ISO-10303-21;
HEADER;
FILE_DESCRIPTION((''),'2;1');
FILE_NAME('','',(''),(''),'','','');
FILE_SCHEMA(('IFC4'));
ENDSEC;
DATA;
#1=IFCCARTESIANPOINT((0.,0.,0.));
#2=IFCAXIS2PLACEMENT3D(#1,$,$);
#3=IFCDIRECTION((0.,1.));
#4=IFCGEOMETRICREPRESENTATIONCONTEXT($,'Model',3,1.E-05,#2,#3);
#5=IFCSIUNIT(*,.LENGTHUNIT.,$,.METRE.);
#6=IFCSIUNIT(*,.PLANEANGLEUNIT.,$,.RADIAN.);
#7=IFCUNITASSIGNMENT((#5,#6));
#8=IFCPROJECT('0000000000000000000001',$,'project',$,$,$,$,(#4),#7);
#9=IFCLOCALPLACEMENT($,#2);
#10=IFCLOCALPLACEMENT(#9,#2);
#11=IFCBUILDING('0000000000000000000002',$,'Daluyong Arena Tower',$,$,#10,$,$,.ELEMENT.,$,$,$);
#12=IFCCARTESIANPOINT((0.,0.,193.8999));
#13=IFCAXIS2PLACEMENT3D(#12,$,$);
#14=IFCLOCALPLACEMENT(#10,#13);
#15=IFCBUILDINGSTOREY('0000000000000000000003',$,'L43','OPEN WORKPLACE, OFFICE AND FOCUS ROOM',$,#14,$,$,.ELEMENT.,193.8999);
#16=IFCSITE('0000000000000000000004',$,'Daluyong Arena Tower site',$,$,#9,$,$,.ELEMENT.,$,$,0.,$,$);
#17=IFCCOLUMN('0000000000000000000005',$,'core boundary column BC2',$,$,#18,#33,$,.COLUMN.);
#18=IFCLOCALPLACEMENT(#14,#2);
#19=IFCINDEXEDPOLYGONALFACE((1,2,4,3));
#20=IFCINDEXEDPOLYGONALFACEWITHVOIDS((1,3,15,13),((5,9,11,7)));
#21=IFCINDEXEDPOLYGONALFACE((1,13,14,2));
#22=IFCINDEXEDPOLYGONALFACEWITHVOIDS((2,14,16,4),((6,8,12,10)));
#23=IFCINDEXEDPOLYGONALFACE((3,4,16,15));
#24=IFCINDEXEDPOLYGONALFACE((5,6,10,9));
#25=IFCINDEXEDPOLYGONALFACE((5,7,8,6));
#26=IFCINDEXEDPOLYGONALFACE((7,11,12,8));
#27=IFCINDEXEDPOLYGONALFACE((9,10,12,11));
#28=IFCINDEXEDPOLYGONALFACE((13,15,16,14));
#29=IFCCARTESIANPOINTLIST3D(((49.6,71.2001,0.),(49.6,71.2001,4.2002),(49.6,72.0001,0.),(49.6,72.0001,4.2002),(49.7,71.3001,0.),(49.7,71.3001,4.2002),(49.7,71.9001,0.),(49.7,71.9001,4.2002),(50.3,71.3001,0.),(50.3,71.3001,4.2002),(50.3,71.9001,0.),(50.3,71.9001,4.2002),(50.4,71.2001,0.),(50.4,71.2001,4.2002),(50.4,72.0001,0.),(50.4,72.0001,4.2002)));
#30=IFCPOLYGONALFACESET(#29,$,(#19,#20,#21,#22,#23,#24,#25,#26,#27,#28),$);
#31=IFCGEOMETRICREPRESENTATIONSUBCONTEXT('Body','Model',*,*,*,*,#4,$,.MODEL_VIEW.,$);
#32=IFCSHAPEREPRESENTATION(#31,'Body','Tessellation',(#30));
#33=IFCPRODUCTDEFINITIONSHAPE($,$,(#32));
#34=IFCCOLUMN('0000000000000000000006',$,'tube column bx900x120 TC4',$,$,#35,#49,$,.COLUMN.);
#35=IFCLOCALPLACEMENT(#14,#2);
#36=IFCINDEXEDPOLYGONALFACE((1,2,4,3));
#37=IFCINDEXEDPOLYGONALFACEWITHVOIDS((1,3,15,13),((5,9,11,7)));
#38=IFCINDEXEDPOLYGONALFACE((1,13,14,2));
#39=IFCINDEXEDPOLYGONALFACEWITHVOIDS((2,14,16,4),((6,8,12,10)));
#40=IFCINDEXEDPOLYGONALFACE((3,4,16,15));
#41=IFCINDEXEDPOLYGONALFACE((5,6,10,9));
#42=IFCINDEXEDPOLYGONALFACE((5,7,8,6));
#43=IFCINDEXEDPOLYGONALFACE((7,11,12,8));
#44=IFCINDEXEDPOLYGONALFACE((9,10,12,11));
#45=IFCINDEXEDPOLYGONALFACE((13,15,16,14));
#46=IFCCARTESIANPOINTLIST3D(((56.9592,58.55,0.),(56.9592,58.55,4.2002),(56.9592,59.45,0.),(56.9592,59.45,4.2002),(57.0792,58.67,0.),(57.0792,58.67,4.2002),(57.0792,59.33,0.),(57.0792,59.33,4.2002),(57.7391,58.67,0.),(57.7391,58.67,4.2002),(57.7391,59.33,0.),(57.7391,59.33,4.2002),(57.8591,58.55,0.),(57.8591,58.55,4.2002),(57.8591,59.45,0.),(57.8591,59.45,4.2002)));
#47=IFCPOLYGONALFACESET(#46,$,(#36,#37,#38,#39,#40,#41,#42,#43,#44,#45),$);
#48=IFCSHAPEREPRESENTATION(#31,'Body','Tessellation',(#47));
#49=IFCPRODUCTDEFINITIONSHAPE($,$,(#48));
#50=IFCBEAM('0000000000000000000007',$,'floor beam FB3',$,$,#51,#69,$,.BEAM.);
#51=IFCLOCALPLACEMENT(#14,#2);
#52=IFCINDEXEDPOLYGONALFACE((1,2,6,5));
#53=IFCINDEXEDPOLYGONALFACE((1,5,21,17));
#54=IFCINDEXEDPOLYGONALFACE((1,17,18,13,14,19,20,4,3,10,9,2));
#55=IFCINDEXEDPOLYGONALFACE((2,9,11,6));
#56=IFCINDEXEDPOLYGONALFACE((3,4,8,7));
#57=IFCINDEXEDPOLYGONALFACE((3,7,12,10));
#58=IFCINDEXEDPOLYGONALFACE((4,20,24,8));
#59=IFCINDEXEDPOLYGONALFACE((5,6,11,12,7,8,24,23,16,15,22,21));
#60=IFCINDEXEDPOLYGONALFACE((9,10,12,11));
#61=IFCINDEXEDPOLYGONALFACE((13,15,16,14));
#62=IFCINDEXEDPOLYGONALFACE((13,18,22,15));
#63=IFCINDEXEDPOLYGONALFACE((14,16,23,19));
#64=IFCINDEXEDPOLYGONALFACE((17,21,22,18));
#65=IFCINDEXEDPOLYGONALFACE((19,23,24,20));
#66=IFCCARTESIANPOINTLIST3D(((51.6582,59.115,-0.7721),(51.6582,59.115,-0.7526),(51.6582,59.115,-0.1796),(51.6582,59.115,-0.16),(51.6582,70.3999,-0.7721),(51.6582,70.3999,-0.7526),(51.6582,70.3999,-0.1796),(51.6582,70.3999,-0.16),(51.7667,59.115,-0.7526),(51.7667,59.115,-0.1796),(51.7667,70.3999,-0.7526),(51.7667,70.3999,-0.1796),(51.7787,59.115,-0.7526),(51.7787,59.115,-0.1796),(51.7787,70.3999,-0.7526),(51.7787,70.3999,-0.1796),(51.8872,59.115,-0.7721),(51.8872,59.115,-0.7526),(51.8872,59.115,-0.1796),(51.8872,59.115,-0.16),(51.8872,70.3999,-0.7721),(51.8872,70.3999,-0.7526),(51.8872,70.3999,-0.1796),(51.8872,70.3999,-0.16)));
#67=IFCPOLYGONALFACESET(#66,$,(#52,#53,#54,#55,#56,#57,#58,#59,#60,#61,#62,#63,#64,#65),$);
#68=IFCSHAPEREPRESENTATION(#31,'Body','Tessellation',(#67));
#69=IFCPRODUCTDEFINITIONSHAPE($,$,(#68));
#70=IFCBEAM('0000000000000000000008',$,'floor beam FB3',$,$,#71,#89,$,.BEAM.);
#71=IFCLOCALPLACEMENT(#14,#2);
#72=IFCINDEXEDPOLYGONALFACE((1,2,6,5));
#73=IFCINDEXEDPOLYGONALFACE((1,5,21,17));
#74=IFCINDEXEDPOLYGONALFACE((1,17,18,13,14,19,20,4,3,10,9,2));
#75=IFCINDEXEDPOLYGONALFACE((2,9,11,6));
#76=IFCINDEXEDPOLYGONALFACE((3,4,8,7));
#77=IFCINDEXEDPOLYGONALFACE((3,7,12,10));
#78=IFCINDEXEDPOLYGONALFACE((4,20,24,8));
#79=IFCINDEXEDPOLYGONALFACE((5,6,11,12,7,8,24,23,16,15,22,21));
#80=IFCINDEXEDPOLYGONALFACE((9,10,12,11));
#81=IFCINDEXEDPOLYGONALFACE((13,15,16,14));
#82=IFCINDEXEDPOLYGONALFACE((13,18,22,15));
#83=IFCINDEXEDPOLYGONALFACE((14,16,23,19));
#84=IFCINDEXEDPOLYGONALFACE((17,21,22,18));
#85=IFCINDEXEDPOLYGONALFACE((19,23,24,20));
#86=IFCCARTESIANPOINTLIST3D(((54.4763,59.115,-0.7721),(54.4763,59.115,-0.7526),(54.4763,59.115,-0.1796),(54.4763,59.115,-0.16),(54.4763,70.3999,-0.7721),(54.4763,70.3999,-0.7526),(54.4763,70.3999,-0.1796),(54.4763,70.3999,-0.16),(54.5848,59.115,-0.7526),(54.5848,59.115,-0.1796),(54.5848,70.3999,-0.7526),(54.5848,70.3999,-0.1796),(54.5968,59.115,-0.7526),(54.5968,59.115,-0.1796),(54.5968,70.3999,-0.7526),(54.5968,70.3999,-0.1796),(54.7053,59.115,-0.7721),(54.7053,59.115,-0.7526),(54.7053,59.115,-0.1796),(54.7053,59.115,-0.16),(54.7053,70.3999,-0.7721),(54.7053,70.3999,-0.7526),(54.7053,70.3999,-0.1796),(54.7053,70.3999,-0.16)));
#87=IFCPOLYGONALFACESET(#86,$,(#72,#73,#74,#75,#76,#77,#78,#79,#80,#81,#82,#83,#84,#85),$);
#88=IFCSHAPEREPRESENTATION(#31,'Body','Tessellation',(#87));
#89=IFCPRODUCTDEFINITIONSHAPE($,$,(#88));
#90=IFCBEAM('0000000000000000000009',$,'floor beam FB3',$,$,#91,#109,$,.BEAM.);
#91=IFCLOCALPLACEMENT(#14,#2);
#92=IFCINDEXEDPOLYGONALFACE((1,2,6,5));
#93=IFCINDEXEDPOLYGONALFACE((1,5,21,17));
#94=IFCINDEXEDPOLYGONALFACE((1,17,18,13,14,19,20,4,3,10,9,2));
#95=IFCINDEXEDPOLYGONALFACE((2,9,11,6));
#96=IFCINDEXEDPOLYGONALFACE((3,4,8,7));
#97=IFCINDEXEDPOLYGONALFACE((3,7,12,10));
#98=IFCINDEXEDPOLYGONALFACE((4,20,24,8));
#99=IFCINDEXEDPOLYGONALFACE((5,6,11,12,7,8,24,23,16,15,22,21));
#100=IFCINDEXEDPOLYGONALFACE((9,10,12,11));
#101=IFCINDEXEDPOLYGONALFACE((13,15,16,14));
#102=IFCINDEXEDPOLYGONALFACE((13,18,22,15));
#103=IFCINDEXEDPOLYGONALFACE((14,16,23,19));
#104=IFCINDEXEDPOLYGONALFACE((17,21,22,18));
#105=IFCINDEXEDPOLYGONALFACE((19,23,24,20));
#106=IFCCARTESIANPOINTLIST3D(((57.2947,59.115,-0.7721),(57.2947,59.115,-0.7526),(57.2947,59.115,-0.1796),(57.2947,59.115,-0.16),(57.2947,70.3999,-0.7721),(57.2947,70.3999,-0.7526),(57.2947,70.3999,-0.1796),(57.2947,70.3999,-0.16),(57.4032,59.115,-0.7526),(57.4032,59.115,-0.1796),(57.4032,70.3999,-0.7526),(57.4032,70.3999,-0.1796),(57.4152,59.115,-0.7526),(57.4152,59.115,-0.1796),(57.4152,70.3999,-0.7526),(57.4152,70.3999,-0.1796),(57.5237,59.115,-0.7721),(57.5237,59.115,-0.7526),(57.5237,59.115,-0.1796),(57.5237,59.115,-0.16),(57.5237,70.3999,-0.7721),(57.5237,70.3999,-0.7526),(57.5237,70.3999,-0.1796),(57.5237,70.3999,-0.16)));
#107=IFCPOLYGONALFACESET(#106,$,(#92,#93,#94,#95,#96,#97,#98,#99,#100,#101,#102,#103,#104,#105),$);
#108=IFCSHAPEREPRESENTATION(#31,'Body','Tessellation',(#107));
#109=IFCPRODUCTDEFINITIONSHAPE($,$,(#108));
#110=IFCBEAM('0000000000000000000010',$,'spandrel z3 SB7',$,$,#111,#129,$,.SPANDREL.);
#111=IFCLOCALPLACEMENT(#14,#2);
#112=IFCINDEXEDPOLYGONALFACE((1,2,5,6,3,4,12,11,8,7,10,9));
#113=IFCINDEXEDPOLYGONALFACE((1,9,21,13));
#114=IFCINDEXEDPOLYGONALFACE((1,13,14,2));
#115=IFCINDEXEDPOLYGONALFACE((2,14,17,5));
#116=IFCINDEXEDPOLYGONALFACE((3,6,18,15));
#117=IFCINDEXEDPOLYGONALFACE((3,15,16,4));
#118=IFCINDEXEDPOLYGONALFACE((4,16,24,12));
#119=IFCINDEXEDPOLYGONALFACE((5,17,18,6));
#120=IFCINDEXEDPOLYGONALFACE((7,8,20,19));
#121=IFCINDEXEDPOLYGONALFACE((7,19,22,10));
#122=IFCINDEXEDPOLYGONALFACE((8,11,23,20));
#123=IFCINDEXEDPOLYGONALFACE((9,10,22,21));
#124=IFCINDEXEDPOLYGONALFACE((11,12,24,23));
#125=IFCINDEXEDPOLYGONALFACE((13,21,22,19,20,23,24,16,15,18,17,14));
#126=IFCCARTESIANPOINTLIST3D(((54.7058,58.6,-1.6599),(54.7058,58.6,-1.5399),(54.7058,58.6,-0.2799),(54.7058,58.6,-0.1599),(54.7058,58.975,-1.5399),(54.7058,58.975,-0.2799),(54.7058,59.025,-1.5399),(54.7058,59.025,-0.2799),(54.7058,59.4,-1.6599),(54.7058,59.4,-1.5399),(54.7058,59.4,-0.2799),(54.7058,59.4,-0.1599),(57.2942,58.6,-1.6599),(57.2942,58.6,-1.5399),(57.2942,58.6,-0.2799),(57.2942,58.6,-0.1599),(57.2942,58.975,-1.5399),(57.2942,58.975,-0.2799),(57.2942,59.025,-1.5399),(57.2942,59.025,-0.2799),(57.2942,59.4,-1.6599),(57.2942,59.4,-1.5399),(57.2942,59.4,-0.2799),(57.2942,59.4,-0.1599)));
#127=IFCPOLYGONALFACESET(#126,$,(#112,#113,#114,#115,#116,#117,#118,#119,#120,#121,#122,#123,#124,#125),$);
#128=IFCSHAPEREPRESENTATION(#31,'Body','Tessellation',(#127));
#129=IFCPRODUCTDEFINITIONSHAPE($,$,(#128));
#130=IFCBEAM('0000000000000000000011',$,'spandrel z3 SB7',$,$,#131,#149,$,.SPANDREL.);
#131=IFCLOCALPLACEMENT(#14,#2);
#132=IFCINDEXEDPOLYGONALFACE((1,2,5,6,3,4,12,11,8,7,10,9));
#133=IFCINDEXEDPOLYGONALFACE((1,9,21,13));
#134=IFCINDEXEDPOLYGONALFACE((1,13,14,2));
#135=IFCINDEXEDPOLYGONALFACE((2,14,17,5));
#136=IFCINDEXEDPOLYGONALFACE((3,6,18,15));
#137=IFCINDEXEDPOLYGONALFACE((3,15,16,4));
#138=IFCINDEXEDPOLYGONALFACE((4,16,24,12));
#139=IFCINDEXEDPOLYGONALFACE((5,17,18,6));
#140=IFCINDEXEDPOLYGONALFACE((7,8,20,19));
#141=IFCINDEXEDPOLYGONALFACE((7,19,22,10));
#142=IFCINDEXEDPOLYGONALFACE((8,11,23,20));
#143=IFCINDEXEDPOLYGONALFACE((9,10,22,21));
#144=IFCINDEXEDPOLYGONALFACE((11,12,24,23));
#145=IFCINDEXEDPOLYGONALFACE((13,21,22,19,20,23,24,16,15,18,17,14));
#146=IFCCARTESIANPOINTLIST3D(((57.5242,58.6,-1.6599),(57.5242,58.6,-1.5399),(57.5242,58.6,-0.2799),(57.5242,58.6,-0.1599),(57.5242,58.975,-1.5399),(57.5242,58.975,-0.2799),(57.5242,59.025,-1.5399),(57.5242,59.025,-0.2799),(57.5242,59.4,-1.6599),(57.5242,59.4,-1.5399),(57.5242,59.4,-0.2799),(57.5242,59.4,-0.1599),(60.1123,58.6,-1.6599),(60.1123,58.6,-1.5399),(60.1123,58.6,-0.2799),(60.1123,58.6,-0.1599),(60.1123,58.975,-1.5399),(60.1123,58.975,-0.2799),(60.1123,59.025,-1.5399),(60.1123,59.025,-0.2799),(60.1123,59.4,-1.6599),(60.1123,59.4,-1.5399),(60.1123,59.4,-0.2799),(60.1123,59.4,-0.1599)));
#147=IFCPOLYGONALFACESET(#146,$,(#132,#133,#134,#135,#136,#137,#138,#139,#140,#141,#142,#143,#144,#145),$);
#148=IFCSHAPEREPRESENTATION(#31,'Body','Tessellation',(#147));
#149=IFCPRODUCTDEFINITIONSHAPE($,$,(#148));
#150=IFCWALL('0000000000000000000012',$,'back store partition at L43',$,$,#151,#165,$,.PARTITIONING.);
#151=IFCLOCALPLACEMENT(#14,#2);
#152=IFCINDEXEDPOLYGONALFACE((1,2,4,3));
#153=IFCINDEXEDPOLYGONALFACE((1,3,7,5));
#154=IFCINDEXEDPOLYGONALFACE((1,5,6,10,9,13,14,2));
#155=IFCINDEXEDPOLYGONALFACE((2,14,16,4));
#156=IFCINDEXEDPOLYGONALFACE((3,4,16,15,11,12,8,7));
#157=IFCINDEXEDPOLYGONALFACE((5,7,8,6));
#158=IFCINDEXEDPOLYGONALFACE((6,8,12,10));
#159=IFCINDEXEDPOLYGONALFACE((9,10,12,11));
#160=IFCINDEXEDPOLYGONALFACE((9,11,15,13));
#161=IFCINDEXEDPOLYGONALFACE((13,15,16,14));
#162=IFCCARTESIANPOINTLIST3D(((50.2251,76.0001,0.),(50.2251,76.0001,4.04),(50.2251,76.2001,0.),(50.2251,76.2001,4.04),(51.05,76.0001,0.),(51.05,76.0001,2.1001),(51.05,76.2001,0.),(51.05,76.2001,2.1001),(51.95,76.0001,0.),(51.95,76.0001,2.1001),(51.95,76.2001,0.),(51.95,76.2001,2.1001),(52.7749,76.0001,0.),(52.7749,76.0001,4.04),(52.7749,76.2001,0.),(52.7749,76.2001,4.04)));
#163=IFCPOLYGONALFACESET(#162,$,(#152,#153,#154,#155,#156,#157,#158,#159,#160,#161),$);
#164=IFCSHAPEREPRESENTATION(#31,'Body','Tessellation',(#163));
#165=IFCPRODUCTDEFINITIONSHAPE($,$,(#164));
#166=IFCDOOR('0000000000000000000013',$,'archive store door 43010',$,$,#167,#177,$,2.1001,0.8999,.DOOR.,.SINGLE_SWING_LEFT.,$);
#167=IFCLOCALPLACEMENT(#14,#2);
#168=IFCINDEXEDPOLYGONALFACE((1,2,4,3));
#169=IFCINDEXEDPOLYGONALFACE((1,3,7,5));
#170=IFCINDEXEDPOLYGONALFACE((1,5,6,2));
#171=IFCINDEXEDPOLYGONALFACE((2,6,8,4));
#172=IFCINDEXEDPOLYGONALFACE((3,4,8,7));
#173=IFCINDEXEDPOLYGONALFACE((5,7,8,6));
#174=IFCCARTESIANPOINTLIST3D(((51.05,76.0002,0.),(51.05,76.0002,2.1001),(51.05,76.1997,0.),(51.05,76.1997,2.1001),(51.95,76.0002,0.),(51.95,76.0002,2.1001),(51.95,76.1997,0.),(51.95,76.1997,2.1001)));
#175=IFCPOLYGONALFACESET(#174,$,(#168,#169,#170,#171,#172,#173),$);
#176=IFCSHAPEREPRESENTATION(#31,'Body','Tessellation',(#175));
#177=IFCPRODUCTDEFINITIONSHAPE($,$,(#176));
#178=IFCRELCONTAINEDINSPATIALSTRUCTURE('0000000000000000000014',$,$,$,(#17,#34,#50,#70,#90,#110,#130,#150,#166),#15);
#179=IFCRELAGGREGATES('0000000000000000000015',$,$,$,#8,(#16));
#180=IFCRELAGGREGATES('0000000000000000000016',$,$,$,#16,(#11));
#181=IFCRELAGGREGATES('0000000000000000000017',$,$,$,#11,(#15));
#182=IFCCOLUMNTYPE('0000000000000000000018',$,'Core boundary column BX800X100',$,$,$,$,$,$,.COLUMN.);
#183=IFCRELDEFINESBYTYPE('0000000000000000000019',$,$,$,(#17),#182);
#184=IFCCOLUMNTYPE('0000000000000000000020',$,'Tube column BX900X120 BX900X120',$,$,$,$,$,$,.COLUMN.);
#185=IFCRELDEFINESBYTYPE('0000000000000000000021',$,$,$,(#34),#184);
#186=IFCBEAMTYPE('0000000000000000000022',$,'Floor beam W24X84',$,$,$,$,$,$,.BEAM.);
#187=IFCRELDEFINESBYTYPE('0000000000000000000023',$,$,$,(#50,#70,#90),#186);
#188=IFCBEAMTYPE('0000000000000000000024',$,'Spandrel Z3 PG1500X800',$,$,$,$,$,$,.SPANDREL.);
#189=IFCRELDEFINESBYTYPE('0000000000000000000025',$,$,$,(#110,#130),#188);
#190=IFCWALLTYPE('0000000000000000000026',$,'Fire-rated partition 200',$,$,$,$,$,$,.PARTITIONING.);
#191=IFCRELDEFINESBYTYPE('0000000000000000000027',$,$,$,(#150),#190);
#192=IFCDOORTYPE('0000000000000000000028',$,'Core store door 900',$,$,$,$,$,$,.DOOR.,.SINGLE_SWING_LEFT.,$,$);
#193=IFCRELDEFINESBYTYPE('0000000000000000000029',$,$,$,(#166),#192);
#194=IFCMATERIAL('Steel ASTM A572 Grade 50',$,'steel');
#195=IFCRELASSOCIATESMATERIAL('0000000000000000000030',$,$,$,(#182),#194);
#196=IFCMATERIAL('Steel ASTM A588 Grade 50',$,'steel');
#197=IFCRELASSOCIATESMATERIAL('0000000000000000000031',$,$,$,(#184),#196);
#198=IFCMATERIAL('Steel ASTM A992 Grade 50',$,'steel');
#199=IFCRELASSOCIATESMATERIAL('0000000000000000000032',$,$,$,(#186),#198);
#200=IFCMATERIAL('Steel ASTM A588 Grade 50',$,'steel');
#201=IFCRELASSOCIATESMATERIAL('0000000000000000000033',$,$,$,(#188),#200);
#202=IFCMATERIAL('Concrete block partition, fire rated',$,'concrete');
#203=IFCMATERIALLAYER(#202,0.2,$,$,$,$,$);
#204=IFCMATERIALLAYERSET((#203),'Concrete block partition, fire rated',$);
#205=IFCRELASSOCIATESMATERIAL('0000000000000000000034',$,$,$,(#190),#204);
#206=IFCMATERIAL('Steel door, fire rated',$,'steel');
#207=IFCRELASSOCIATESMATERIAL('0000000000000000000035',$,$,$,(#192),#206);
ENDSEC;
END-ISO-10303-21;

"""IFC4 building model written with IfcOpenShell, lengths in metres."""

from ifc_helpers import new_model, si_unit, direction, frame, frame_2d, origin, origin_2d, place, context, subcontext, project, spatial, rectangle, hollow_rectangle, i_section, extrude, material, layer, layer_set, material_profile, profile_set, type_object, element, fill, save


model = new_model("IFC4")

# Units and contexts
model_context = context("Model", 3, precision=1e-05, world=origin(), true_north=direction((0.0, 1.0)))
body_context = subcontext(model_context, "Body", "Model", "MODEL_VIEW")
ifc_project = project(units=[si_unit("LENGTHUNIT", "METRE"), si_unit("PLANEANGLEUNIT", "RADIAN")], contexts=[model_context])

# Site, building, storey
site_placement = place(None, origin())
site = spatial("IfcSite", under=ifc_project, at=site_placement, Name="Daluyong Arena Tower site", CompositionType="ELEMENT", RefElevation=0.0)
building_placement = place(site_placement, origin())
building = spatial("IfcBuilding", under=site, at=building_placement, Name="Daluyong Arena Tower", CompositionType="ELEMENT")
storey_placement = place(building_placement, frame((0.0, 0.0, 193.8999)))
storey = spatial("IfcBuildingStorey", under=building, at=storey_placement, Name="L43", Description="OPEN WORKPLACE, OFFICE AND FOCUS ROOM", CompositionType="ELEMENT", Elevation=193.8999)

# Columns
ifc_material_1 = material(Name="Steel ASTM A572 Grade 50", Category="steel")
ifc_material_profile_1 = material_profile(ifc_material_1, hollow_rectangle(XDim=0.8, YDim=0.8, WallThickness=0.1, at=origin_2d()))
ifc_profile_set_1 = profile_set([ifc_material_profile_1], Name="Steel ASTM A572 Grade 50")
column_type_1 = type_object("IfcColumnType", Name="Core boundary column BX800X100", PredefinedType="COLUMN", material=ifc_profile_set_1)
column_1_placement = place(storey_placement, frame((50.0, 71.6001, 0.0), z_axis=(0.0, 0.0, 1.0), x_axis=(1.0, 0.0, 0.0)))
element("IfcColumn", 1, at=column_1_placement, inside=storey, type_object=column_type_1, Name="core boundary column BC2", PredefinedType="COLUMN", context=body_context, shape_type="SweptSolid", body=[
    extrude(hollow_rectangle(XDim=0.8, YDim=0.8, WallThickness=0.1, at=origin_2d()), origin(), (0.0, 0.0, 1.0), 4.2002),
])
ifc_material_2 = material(Name="Steel ASTM A588 Grade 50", Category="steel")
ifc_material_profile_2 = material_profile(ifc_material_2, hollow_rectangle(XDim=0.8999, YDim=0.8999, WallThickness=0.12, at=origin_2d()))
ifc_profile_set_2 = profile_set([ifc_material_profile_2], Name="Steel ASTM A588 Grade 50")
column_type_2 = type_object("IfcColumnType", Name="Tube column BX900X120 BX900X120", PredefinedType="COLUMN", material=ifc_profile_set_2)
column_2_placement = place(storey_placement, frame((57.4092, 59.0, 0.0), z_axis=(0.0, 0.0, 1.0), x_axis=(1.0, 0.0, 0.0)))
element("IfcColumn", 2, at=column_2_placement, inside=storey, type_object=column_type_2, Name="tube column bx900x120 TC4", PredefinedType="COLUMN", context=body_context, shape_type="SweptSolid", body=[
    extrude(hollow_rectangle(XDim=0.8999, YDim=0.8999, WallThickness=0.12, at=origin_2d()), origin(), (0.0, 0.0, 1.0), 4.2002),
])

# Beams
ifc_material_3 = material(Name="Steel ASTM A992 Grade 50", Category="steel")
ifc_material_profile_3 = material_profile(ifc_material_3, i_section(OverallWidth=0.229, OverallDepth=0.6121, WebThickness=0.012, FlangeThickness=0.0195, at=origin_2d()))
ifc_profile_set_3 = profile_set([ifc_material_profile_3], Name="Steel ASTM A992 Grade 50")
beam_type_1 = type_object("IfcBeamType", Name="Floor beam W24X84", PredefinedType="BEAM", material=ifc_profile_set_3)
for number, where, z_axis, x_axis, name in (
    (3, (51.7727, 59.115, -0.4661), (0.0, 1.0, 0.0), (-1.0, 0.0, 0.0), "floor beam FB3"),
    (4, (54.5908, 59.115, -0.4661), (0.0, 1.0, 0.0), (-1.0, 0.0, 0.0), "floor beam FB3"),
    (5, (57.4092, 59.115, -0.4661), (0.0, 1.0, 0.0), (-1.0, 0.0, 0.0), "floor beam FB3"),
):
    element("IfcBeam", number, at=place(storey_placement, frame(where, z_axis=z_axis, x_axis=x_axis)), inside=storey, type_object=beam_type_1, Name=name, PredefinedType="BEAM", context=body_context, shape_type="SweptSolid", body=[
        extrude(i_section(OverallWidth=0.229, OverallDepth=0.6121, WebThickness=0.012, FlangeThickness=0.0195, at=origin_2d()), origin(), (0.0, 0.0, 1.0), 11.2849),
    ])
ifc_material_4 = material(Name="Steel ASTM A588 Grade 50", Category="steel")
ifc_material_profile_4 = material_profile(ifc_material_4, i_section(OverallWidth=0.8, OverallDepth=1.5, WebThickness=0.05, FlangeThickness=0.12, at=origin_2d()))
ifc_profile_set_4 = profile_set([ifc_material_profile_4], Name="Steel ASTM A588 Grade 50")
beam_type_2 = type_object("IfcBeamType", Name="Spandrel Z3 PG1500X800", PredefinedType="SPANDREL", material=ifc_profile_set_4)
beam_1_placement = place(storey_placement, frame((54.7058, 59.0, -0.9099), z_axis=(1.0, 0.0, 0.0), x_axis=(0.0, 1.0, 0.0)))
element("IfcBeam", 6, at=beam_1_placement, inside=storey, type_object=beam_type_2, Name="spandrel z3 SB7", PredefinedType="SPANDREL", context=body_context, shape_type="SweptSolid", body=[
    extrude(i_section(OverallWidth=0.8, OverallDepth=1.5, WebThickness=0.05, FlangeThickness=0.12, at=origin_2d()), origin(), (0.0, 0.0, 1.0), 2.5884),
])
beam_2_placement = place(storey_placement, frame((57.5242, 59.0, -0.9099), z_axis=(1.0, 0.0, 0.0), x_axis=(0.0, 1.0, 0.0)))
element("IfcBeam", 7, at=beam_2_placement, inside=storey, type_object=beam_type_2, Name="spandrel z3 SB7", PredefinedType="SPANDREL", context=body_context, shape_type="SweptSolid", body=[
    extrude(i_section(OverallWidth=0.8, OverallDepth=1.5, WebThickness=0.05, FlangeThickness=0.12, at=origin_2d()), origin(), (0.0, 0.0, 1.0), 2.5881),
])

# Wall, opening, door
ifc_material_5 = material(Name="Concrete block partition, fire rated", Category="concrete")
ifc_layer_1 = layer(ifc_material_5, 0.2)
ifc_layer_set_1 = layer_set([ifc_layer_1], Name="Concrete block partition, fire rated")
wall_type_1 = type_object("IfcWallType", Name="Fire-rated partition 200", PredefinedType="PARTITIONING", material=ifc_layer_set_1)
wall_1_placement = place(storey_placement, frame((50.2251, 76.1001, 0.0), z_axis=(0.0, 0.0, 1.0), x_axis=(1.0, 0.0, 0.0)))
wall_1 = element("IfcWall", 8, at=wall_1_placement, inside=storey, type_object=wall_type_1, Name="back store partition at L43", PredefinedType="PARTITIONING", context=body_context, shape_type="SweptSolid", body=[
    extrude(rectangle(XDim=2.5498, YDim=0.2, at=frame_2d((1.2749, 0.0))), origin(), (0.0, 0.0, 1.0), 4.04),
])
opening_1_placement = place(wall_1_placement, frame((0.825, 0.0, 0.0)))
opening_1 = element("IfcOpeningElement", 9, at=opening_1_placement, cuts=wall_1, PredefinedType="OPENING", context=body_context, shape_type="SweptSolid", body=[
    extrude(rectangle(XDim=0.8999, YDim=2.1001, at=frame_2d((0.45, 1.05))), frame((0.0, 0.1099, 0.0), z_axis=(0.0, -1.0, 0.0), x_axis=(1.0, 0.0, 0.0)), (0.0, 0.0, 1.0), 0.22),
])
ifc_material_6 = material(Name="Steel door, fire rated", Category="steel")
door_type_1 = type_object("IfcDoorType", Name="Core store door 900", OperationType="SINGLE_SWING_LEFT", PredefinedType="DOOR", material=ifc_material_6)
door_1_placement = place(opening_1_placement, origin())
door_1 = element("IfcDoor", 10, at=door_1_placement, inside=storey, type_object=door_type_1, Name="archive store door 43010", OperationType="SINGLE_SWING_LEFT", OverallHeight=2.1001, OverallWidth=0.8999, PredefinedType="DOOR", context=body_context, shape_type="SweptSolid", body=[
    extrude(rectangle(XDim=0.8999, YDim=2.1001, at=frame_2d((0.45, 1.05))), frame((0.0, 0.0996, 0.0), z_axis=(0.0, -1.0, 0.0), x_axis=(1.0, 0.0, 0.0)), (0.0, 0.0, 1.0), 0.1995),
])
fill(opening_1, door_1)

save(model, "model.ifc")
